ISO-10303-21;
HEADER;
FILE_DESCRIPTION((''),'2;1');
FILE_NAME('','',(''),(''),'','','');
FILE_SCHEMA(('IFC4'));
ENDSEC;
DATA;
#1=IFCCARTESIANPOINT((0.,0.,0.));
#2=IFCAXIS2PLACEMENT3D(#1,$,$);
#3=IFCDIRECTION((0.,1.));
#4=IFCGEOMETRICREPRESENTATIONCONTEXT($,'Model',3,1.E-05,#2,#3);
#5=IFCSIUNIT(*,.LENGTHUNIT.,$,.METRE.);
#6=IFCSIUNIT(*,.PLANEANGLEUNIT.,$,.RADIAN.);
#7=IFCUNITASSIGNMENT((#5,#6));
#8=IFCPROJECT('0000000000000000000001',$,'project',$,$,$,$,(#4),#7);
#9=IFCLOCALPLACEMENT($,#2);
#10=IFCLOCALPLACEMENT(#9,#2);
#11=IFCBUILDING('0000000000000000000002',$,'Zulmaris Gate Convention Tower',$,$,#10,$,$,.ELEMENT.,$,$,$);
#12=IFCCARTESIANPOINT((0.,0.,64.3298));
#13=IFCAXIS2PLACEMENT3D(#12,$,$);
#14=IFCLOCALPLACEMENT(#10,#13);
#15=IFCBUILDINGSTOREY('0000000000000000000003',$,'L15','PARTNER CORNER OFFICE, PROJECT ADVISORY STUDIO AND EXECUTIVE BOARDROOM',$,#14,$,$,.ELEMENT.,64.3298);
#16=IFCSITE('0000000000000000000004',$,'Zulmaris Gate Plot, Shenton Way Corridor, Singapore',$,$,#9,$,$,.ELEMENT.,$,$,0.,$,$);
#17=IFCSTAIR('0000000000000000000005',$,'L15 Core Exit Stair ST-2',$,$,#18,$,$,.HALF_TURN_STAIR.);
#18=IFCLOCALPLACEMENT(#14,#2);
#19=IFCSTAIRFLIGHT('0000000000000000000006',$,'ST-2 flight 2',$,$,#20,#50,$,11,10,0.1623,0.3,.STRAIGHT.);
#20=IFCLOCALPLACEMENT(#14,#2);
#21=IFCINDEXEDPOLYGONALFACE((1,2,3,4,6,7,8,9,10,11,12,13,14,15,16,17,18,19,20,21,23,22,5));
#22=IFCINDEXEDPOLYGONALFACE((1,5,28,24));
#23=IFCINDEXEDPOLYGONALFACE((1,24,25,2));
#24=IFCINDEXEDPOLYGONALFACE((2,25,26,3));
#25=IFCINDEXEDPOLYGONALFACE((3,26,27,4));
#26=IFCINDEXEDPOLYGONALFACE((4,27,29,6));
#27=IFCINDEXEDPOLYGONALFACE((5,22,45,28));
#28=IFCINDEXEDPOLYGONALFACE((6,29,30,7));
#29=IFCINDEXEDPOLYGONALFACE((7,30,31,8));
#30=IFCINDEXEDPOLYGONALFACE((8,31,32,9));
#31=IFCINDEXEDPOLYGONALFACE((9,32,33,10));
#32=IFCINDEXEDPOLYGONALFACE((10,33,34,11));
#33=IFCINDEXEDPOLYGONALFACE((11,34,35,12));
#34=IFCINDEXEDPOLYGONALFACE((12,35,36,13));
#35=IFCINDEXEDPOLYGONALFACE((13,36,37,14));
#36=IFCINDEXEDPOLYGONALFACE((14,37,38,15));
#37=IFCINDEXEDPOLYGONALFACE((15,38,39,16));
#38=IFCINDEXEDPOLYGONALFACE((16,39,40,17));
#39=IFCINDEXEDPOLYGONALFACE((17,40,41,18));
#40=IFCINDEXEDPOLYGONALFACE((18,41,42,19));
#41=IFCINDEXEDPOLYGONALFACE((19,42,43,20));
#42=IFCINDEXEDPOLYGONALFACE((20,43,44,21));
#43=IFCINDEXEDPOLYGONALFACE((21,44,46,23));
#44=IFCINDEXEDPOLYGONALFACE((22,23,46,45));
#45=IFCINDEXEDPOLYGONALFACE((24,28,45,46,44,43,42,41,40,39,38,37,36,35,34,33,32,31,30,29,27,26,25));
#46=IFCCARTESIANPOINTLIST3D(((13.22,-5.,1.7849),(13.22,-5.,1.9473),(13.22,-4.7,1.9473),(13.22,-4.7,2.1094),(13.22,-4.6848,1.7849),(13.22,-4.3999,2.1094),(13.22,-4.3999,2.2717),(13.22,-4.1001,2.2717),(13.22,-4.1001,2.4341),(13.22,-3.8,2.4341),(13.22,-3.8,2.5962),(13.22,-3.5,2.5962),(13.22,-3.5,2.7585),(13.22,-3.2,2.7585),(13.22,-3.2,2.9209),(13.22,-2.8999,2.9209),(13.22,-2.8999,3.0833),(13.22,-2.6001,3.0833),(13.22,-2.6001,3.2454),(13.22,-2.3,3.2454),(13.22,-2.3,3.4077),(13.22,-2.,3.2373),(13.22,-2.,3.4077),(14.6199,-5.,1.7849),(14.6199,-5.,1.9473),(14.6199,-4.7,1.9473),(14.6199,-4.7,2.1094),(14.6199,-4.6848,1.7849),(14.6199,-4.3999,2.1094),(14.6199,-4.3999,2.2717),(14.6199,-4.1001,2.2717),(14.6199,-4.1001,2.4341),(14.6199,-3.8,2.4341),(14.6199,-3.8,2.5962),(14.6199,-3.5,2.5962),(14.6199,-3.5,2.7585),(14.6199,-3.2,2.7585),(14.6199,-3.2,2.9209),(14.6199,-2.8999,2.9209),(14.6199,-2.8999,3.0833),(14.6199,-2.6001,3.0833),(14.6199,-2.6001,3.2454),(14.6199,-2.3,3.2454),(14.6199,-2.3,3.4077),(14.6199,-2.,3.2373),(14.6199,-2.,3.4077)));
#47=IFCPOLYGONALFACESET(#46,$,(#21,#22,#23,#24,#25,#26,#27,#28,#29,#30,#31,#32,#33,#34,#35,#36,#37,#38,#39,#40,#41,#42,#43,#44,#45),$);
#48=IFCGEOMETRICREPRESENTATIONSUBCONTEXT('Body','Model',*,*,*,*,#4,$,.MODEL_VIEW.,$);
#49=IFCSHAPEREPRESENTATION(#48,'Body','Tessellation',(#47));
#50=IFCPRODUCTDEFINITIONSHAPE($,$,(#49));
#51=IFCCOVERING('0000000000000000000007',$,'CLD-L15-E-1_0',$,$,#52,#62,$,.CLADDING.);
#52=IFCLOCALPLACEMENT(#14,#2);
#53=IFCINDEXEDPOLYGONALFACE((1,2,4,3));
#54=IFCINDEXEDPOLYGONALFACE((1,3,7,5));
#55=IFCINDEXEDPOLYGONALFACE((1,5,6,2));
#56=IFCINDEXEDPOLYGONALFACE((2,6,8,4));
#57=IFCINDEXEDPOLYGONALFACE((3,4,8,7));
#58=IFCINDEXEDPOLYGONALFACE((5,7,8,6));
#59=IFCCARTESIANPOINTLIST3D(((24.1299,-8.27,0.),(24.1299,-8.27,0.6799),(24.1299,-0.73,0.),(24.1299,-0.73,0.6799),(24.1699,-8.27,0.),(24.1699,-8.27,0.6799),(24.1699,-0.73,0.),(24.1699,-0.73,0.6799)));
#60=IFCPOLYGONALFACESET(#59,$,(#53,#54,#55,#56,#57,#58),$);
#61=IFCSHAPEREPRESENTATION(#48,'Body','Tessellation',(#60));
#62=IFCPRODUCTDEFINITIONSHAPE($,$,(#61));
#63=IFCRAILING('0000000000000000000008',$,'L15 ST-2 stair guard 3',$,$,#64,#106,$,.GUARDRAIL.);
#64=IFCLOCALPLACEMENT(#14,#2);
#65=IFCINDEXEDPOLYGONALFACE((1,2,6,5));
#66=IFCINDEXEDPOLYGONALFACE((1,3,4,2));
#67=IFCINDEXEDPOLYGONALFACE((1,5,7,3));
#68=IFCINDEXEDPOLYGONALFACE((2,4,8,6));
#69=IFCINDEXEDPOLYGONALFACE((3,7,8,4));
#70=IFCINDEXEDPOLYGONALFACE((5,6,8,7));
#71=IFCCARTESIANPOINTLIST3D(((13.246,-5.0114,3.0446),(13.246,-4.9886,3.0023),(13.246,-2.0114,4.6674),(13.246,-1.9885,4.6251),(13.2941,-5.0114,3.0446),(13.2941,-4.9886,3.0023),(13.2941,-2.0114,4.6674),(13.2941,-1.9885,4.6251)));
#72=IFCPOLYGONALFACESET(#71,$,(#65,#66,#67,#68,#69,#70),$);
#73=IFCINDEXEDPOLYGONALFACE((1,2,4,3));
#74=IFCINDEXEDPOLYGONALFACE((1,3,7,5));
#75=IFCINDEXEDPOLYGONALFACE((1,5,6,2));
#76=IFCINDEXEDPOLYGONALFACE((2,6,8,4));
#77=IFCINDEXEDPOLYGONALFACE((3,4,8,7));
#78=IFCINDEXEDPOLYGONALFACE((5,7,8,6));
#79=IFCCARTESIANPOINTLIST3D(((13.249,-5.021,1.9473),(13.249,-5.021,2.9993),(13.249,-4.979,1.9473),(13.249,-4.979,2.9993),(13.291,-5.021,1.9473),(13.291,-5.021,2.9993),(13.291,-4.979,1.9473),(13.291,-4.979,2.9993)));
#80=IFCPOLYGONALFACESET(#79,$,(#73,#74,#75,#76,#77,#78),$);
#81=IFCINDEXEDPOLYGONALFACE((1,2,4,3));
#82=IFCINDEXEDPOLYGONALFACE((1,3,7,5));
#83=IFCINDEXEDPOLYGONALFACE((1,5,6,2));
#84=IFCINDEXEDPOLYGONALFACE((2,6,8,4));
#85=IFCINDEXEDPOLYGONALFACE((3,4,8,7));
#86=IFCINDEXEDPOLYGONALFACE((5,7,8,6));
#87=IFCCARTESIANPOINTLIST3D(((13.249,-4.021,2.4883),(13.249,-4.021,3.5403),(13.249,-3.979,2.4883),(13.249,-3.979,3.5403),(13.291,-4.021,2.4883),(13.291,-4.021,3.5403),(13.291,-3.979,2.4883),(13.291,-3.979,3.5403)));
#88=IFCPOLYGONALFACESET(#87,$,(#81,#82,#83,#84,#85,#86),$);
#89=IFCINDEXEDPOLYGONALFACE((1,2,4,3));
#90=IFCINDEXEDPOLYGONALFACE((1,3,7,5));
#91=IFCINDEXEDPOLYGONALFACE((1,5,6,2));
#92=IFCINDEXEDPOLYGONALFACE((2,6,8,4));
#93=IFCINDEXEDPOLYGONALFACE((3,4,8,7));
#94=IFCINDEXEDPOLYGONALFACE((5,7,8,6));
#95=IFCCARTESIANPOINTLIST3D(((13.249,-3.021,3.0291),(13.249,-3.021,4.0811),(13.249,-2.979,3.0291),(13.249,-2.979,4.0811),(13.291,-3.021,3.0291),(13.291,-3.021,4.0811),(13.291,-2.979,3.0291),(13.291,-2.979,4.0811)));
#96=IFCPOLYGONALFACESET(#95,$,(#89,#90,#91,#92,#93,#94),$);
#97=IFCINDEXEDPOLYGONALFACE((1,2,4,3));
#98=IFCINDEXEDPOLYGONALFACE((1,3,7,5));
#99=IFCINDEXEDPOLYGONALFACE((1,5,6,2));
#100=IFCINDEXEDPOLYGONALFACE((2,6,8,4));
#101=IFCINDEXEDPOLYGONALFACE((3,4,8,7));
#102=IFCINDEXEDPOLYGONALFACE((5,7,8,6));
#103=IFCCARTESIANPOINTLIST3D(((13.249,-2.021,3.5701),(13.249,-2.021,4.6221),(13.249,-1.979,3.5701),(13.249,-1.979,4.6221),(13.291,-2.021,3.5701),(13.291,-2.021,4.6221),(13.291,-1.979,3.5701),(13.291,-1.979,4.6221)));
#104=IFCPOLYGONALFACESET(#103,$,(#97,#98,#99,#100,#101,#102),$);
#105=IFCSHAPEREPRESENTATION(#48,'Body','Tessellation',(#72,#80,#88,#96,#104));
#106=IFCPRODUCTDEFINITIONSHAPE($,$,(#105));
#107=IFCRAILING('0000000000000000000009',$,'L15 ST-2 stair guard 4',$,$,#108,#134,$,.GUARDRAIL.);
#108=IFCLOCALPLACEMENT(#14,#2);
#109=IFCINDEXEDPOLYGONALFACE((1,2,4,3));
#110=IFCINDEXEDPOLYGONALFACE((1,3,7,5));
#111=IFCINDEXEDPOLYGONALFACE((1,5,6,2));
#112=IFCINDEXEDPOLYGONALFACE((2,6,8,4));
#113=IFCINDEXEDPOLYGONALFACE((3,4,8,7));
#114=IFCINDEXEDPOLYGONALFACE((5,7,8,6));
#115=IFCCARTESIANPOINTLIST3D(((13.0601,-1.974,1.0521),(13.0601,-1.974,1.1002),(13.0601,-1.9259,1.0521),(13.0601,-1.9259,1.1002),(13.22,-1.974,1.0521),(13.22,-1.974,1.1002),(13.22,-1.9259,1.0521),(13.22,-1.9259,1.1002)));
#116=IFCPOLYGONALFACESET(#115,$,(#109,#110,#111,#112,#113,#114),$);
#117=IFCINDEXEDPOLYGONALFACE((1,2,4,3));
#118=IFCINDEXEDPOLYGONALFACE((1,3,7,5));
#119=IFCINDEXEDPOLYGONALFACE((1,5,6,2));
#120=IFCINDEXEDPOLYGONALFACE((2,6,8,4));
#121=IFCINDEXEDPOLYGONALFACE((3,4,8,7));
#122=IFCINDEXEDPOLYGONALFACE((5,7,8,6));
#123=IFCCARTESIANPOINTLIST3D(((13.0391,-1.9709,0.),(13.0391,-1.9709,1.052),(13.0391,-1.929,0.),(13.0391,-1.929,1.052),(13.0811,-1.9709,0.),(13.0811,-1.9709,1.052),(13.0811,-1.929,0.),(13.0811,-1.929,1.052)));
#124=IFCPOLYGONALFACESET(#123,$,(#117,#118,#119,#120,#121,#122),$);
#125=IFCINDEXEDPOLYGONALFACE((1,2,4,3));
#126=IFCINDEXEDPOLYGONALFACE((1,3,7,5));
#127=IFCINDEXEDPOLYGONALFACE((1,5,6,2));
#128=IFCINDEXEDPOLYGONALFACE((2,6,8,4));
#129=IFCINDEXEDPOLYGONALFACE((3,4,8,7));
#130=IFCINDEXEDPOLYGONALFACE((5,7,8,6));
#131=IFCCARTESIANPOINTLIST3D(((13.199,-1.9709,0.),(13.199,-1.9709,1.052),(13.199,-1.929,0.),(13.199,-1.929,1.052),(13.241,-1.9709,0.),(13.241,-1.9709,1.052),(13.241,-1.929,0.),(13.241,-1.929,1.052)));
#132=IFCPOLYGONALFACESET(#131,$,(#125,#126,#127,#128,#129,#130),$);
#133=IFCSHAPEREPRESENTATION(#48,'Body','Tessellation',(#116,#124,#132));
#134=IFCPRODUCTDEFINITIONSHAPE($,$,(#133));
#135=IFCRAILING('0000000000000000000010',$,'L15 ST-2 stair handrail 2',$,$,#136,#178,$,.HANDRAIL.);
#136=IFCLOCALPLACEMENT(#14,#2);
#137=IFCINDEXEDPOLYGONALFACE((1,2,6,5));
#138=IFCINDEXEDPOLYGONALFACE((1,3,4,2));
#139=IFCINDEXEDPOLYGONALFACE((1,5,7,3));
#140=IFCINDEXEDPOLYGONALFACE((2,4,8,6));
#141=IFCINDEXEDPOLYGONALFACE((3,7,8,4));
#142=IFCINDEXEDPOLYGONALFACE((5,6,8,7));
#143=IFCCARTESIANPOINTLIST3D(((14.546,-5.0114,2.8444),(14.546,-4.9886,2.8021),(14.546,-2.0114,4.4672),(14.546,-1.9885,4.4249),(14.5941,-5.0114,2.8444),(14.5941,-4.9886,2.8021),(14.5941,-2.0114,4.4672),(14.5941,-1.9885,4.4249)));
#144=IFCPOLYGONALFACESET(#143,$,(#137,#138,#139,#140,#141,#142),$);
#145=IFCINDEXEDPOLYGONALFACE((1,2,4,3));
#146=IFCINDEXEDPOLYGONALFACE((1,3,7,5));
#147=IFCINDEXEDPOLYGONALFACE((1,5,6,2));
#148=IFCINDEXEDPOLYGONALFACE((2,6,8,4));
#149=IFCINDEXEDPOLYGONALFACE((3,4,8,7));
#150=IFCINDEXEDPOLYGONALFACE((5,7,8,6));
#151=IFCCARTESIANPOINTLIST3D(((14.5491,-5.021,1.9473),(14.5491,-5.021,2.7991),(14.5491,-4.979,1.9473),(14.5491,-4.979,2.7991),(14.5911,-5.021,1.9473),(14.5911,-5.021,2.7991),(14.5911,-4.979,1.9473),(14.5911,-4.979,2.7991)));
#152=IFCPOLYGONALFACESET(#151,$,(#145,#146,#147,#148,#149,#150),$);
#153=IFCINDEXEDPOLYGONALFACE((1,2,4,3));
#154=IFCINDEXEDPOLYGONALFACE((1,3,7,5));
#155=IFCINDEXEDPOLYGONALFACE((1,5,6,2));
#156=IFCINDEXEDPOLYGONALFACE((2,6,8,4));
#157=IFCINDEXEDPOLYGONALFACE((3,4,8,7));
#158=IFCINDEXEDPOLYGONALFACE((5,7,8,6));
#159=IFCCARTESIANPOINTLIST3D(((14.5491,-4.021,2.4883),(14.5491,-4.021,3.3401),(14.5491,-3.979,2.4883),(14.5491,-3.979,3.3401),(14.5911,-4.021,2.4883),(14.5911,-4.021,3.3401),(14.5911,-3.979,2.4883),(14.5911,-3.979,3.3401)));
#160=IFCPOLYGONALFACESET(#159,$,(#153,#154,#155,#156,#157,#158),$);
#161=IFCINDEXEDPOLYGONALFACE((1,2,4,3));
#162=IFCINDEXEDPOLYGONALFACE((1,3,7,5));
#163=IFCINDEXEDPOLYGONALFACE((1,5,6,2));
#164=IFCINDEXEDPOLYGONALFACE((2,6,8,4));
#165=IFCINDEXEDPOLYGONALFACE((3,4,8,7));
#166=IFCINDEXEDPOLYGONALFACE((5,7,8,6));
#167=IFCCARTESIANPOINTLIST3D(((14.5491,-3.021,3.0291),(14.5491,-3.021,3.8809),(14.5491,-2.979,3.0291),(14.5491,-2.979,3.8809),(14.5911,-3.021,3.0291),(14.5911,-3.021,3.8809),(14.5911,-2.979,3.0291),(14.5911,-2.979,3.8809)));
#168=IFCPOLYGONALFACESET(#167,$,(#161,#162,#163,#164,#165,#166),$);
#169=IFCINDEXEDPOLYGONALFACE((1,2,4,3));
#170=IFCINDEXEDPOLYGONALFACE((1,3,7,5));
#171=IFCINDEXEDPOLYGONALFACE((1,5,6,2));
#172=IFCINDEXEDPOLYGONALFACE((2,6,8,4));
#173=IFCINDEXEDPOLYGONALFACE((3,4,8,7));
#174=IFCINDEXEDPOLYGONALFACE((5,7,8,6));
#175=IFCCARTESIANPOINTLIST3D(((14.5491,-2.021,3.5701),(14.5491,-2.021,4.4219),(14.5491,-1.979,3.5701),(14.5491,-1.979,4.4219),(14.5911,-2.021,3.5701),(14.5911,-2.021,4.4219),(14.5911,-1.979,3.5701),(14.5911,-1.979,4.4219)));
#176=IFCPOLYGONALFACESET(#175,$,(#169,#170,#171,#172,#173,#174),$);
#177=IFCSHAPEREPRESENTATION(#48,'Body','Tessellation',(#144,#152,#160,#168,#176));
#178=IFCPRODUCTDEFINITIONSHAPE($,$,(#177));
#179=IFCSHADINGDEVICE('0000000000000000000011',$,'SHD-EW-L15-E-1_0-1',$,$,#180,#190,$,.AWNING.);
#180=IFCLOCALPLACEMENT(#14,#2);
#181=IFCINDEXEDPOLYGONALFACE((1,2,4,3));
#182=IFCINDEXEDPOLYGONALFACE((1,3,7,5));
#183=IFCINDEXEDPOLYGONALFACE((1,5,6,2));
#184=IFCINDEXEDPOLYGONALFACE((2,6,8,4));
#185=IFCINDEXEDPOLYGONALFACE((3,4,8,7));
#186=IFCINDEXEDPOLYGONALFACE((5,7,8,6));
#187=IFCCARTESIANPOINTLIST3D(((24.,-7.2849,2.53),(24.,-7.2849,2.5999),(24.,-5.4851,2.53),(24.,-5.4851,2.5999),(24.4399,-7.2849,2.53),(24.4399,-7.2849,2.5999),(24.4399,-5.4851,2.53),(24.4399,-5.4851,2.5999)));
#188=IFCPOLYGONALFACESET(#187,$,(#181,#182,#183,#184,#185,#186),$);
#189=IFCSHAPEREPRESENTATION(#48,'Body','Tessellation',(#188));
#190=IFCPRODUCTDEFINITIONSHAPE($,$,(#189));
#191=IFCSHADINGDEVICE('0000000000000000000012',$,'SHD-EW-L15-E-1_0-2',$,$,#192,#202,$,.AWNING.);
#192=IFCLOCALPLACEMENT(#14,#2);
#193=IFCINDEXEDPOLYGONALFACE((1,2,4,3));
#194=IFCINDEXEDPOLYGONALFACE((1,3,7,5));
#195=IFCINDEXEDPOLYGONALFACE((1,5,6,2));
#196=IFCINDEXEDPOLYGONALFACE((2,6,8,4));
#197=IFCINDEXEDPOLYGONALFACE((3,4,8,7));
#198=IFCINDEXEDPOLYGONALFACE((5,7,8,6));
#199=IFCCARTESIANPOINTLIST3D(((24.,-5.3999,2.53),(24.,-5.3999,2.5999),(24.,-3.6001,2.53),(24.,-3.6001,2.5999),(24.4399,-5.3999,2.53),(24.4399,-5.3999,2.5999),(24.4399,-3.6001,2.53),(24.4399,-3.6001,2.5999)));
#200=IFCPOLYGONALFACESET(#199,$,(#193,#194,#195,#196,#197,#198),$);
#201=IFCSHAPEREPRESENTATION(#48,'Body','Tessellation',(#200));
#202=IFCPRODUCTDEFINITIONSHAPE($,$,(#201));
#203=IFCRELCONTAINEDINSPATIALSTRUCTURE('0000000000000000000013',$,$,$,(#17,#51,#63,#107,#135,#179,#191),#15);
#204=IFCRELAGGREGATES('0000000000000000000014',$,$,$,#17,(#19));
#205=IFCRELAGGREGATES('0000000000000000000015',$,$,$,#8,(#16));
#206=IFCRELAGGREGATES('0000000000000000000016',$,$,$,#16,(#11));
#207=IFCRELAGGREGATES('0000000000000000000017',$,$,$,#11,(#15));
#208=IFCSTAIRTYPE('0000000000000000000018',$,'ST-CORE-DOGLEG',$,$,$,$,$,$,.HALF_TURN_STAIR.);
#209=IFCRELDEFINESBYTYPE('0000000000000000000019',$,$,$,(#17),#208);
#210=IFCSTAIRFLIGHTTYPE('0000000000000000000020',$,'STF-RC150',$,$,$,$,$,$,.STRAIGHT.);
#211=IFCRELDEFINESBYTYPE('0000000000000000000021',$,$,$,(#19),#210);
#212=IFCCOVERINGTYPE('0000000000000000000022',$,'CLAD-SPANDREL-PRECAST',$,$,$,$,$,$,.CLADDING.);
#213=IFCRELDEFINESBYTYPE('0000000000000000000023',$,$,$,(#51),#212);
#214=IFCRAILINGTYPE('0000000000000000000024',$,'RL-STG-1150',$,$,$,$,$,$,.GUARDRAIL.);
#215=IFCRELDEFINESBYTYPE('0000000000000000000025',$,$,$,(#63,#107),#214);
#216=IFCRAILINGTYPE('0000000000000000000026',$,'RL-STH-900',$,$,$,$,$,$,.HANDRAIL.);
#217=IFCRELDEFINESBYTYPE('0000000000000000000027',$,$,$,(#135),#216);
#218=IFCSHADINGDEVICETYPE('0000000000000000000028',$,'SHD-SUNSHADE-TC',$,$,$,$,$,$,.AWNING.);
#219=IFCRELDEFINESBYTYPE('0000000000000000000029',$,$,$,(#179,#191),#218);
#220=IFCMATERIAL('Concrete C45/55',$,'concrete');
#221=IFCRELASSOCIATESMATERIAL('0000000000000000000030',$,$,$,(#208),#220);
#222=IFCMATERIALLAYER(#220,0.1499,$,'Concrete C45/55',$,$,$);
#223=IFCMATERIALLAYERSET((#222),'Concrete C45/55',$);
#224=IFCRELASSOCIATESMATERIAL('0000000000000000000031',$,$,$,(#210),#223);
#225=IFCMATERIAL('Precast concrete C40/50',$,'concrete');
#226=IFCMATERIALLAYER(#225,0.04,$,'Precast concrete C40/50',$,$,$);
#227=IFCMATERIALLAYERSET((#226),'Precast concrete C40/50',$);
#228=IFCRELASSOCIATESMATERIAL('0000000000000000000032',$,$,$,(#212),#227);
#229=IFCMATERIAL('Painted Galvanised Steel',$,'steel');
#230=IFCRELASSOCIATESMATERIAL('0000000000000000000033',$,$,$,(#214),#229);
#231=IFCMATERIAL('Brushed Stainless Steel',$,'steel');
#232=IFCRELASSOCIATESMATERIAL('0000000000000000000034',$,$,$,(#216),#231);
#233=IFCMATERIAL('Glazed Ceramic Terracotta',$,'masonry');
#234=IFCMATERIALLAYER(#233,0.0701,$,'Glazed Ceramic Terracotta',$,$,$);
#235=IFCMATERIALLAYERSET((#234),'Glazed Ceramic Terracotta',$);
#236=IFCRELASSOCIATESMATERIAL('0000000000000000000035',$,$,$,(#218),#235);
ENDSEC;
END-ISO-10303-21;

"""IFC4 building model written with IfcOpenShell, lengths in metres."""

from ifc_helpers import new_model, si_unit, direction, frame, frame_2d, origin, origin_2d, place, context, subcontext, project, spatial, polyline, rectangle, outline, extrude, material, layer, layer_set, type_object, element, aggregate, save


model = new_model("IFC4")

# Units and contexts
model_context = context("Model", 3, precision=1e-05, world=origin(), true_north=direction((0.0, 1.0)))
body_context = subcontext(model_context, "Body", "Model", "MODEL_VIEW")
ifc_project = project(units=[si_unit("LENGTHUNIT", "METRE"), si_unit("PLANEANGLEUNIT", "RADIAN")], contexts=[model_context])

# Site, building, storey
site_placement = place(None, origin())
site = spatial("IfcSite", under=ifc_project, at=site_placement, Name="Zulmaris Gate Plot, Shenton Way Corridor, Singapore", CompositionType="ELEMENT", RefElevation=0.0)
building_placement = place(site_placement, origin())
building = spatial("IfcBuilding", under=site, at=building_placement, Name="Zulmaris Gate Convention Tower", CompositionType="ELEMENT")
storey_placement = place(building_placement, frame((0.0, 0.0, 64.3298)))
storey = spatial("IfcBuildingStorey", under=building, at=storey_placement, Name="L15", Description="PARTNER CORNER OFFICE, PROJECT ADVISORY STUDIO AND EXECUTIVE BOARDROOM", CompositionType="ELEMENT", Elevation=64.3298)

# Shared definitions
ifc_material_1 = material(Name="Precast concrete C40/50", Category="concrete")

# Stair, stair flight
ifc_material_2 = material(Name="Concrete C45/55", Category="concrete")
stair_type = type_object("IfcStairType", Name="ST-CORE-DOGLEG", PredefinedType="HALF_TURN_STAIR", material=ifc_material_2)
stair_placement = place(storey_placement, origin())
stair = element("IfcStair", 1, at=stair_placement, inside=storey, type_object=stair_type, Name="L15 Core Exit Stair ST-2", PredefinedType="HALF_TURN_STAIR")
ifc_layer_1 = layer(ifc_material_2, 0.1499, Name="Concrete C45/55")
ifc_layer_set_1 = layer_set([ifc_layer_1], Name="Concrete C45/55")
stair_flight_type = type_object("IfcStairFlightType", Name="STF-RC150", PredefinedType="STRAIGHT", material=ifc_layer_set_1)
stair_flight_placement = place(storey_placement, frame((13.9199, -5.0, 1.7849), z_axis=(0.0, 0.0, 1.0), x_axis=(0.0, 1.0, 0.0)))
stair_flight = element("IfcStairFlight", 2, at=stair_flight_placement, type_object=stair_flight_type, Name="ST-2 flight 2", NumberOfRisers=11, NumberOfTreads=10, PredefinedType="STRAIGHT", RiserHeight=0.1623, TreadLength=0.3, context=body_context, shape_type="SweptSolid", body=[
    extrude(outline(polyline([(0.0, 0.0), (0.0, 0.1624), (0.3, 0.1624), (0.3, 0.3245), (0.6001, 0.3245), (0.6001, 0.4868), (0.8999, 0.4868), (0.8999, 0.6492), (1.2, 0.6492), (1.2, 0.8113), (1.5, 0.8113), (1.5, 0.9736), (1.8, 0.9736), (1.8, 1.136), (2.1001, 1.136), (2.1001, 1.2983), (2.3999, 1.2983), (2.3999, 1.4604), (2.7, 1.4604), (2.7, 1.6228), (3.0, 1.6228), (3.0, 1.7852), (3.0, 1.4524), (0.3152, 0.0), (0.0, 0.0)])), frame((0.0, 0.7, 0.0), z_axis=(0.0, -1.0, 0.0), x_axis=(1.0, 0.0, 0.0)), (0.0, 0.0, 1.0), 1.3999),
])
aggregate(stair, [stair_flight])

# Covering
ifc_layer_2 = layer(ifc_material_1, 0.04, Name="Precast concrete C40/50")
ifc_layer_set_2 = layer_set([ifc_layer_2], Name="Precast concrete C40/50")
covering_type = type_object("IfcCoveringType", Name="CLAD-SPANDREL-PRECAST", PredefinedType="CLADDING", material=ifc_layer_set_2)
covering_placement = place(storey_placement, frame((24.1499, -8.27, 0.0), z_axis=(0.0, 0.0, 1.0), x_axis=(0.0, 1.0, 0.0)))
element("IfcCovering", 3, at=covering_placement, inside=storey, type_object=covering_type, Name="CLD-L15-E-1_0", PredefinedType="CLADDING", context=body_context, shape_type="SweptSolid", body=[
    extrude(rectangle(XDim=7.54, YDim=0.04, at=frame_2d((3.77, 0.0))), origin(), (0.0, 0.0, 1.0), 0.6799),
])

# Railings
ifc_material_3 = material(Name="Painted Galvanised Steel", Category="steel")
railing_type_1 = type_object("IfcRailingType", Name="RL-STG-1150", PredefinedType="GUARDRAIL", material=ifc_material_3)
railing_1_placement = place(storey_placement, frame((13.27, -5.0, 1.9473)))
element("IfcRailing", 4, at=railing_1_placement, inside=storey, type_object=railing_type_1, Name="L15 ST-2 stair guard 3", PredefinedType="GUARDRAIL", context=body_context, shape_type="SweptSolid", body=[
    extrude(rectangle(XDim=0.0481, YDim=0.0481, at=origin_2d()), frame((0.0, 0.0, 1.0762), z_axis=(0.0, 0.879562, 0.475785), x_axis=(-1.0, 0.0, 0.0)), (0.0, 0.0, 1.0), 3.4109),
    extrude(rectangle(XDim=0.042, YDim=0.042, at=origin_2d()), origin(), (0.0, 0.0, 1.0), 1.052),
    extrude(rectangle(XDim=0.042, YDim=0.042, at=origin_2d()), frame((0.0, 1.0, 0.541)), (0.0, 0.0, 1.0), 1.052),
    extrude(rectangle(XDim=0.042, YDim=0.042, at=origin_2d()), frame((0.0, 2.0, 1.0818)), (0.0, 0.0, 1.0), 1.052),
    extrude(rectangle(XDim=0.042, YDim=0.042, at=origin_2d()), frame((0.0, 3.0, 1.6228)), (0.0, 0.0, 1.0), 1.052),
])
railing_2_placement = place(storey_placement, frame((13.0601, -1.95, 0.0)))
element("IfcRailing", 5, at=railing_2_placement, inside=storey, type_object=railing_type_1, Name="L15 ST-2 stair guard 4", PredefinedType="GUARDRAIL", context=body_context, shape_type="SweptSolid", body=[
    extrude(rectangle(XDim=0.0481, YDim=0.0481, at=origin_2d()), frame((0.0, 0.0, 1.0762), z_axis=(1.0, 0.0, 0.0), x_axis=(0.0, 1.0, 0.0)), (0.0, 0.0, 1.0), 0.1599),
    extrude(rectangle(XDim=0.042, YDim=0.042, at=origin_2d()), origin(), (0.0, 0.0, 1.0), 1.052),
    extrude(rectangle(XDim=0.042, YDim=0.042, at=origin_2d()), frame((0.1599, 0.0, 0.0)), (0.0, 0.0, 1.0), 1.052),
])
ifc_material_4 = material(Name="Brushed Stainless Steel", Category="steel")
railing_type_2 = type_object("IfcRailingType", Name="RL-STH-900", PredefinedType="HANDRAIL", material=ifc_material_4)
railing_3_placement = place(storey_placement, frame((14.5701, -5.0, 1.9473)))
element("IfcRailing", 6, at=railing_3_placement, inside=storey, type_object=railing_type_2, Name="L15 ST-2 stair handrail 2", PredefinedType="HANDRAIL", context=body_context, shape_type="SweptSolid", body=[
    extrude(rectangle(XDim=0.0481, YDim=0.0481, at=origin_2d()), frame((0.0, 0.0, 0.876), z_axis=(0.0, 0.879562, 0.475785), x_axis=(-1.0, 0.0, 0.0)), (0.0, 0.0, 1.0), 3.4109),
    extrude(rectangle(XDim=0.042, YDim=0.042, at=origin_2d()), origin(), (0.0, 0.0, 1.0), 0.8518),
    extrude(rectangle(XDim=0.042, YDim=0.042, at=origin_2d()), frame((0.0, 1.0, 0.541)), (0.0, 0.0, 1.0), 0.8518),
    extrude(rectangle(XDim=0.042, YDim=0.042, at=origin_2d()), frame((0.0, 2.0, 1.0818)), (0.0, 0.0, 1.0), 0.8518),
    extrude(rectangle(XDim=0.042, YDim=0.042, at=origin_2d()), frame((0.0, 3.0, 1.6228)), (0.0, 0.0, 1.0), 0.8518),
])

# Shading devices
ifc_material_5 = material(Name="Glazed Ceramic Terracotta", Category="masonry")
ifc_layer_3 = layer(ifc_material_5, 0.0701, Name="Glazed Ceramic Terracotta")
ifc_layer_set_3 = layer_set([ifc_layer_3], Name="Glazed Ceramic Terracotta")
shading_device_type = type_object("IfcShadingDeviceType", Name="SHD-SUNSHADE-TC", PredefinedType="AWNING", material=ifc_layer_set_3)
for number, where, z_axis, x_axis, name in (
    (7, (24.22, -7.2849, 2.53), (0.0, 0.0, 1.0), (0.0, 1.0, 0.0), "SHD-EW-L15-E-1_0-1"),
    (8, (24.22, -5.3999, 2.53), (0.0, 0.0, 1.0), (0.0, 1.0, 0.0), "SHD-EW-L15-E-1_0-2"),
):
    element("IfcShadingDevice", number, at=place(storey_placement, frame(where, z_axis=z_axis, x_axis=x_axis)), inside=storey, type_object=shading_device_type, Name=name, PredefinedType="AWNING", context=body_context, shape_type="SweptSolid", body=[
        extrude(rectangle(XDim=1.7998, YDim=0.4399, at=frame_2d((0.8999, 0.0))), origin(), (0.0, 0.0, 1.0), 0.0698),
    ])

save(model, "model.ifc")
